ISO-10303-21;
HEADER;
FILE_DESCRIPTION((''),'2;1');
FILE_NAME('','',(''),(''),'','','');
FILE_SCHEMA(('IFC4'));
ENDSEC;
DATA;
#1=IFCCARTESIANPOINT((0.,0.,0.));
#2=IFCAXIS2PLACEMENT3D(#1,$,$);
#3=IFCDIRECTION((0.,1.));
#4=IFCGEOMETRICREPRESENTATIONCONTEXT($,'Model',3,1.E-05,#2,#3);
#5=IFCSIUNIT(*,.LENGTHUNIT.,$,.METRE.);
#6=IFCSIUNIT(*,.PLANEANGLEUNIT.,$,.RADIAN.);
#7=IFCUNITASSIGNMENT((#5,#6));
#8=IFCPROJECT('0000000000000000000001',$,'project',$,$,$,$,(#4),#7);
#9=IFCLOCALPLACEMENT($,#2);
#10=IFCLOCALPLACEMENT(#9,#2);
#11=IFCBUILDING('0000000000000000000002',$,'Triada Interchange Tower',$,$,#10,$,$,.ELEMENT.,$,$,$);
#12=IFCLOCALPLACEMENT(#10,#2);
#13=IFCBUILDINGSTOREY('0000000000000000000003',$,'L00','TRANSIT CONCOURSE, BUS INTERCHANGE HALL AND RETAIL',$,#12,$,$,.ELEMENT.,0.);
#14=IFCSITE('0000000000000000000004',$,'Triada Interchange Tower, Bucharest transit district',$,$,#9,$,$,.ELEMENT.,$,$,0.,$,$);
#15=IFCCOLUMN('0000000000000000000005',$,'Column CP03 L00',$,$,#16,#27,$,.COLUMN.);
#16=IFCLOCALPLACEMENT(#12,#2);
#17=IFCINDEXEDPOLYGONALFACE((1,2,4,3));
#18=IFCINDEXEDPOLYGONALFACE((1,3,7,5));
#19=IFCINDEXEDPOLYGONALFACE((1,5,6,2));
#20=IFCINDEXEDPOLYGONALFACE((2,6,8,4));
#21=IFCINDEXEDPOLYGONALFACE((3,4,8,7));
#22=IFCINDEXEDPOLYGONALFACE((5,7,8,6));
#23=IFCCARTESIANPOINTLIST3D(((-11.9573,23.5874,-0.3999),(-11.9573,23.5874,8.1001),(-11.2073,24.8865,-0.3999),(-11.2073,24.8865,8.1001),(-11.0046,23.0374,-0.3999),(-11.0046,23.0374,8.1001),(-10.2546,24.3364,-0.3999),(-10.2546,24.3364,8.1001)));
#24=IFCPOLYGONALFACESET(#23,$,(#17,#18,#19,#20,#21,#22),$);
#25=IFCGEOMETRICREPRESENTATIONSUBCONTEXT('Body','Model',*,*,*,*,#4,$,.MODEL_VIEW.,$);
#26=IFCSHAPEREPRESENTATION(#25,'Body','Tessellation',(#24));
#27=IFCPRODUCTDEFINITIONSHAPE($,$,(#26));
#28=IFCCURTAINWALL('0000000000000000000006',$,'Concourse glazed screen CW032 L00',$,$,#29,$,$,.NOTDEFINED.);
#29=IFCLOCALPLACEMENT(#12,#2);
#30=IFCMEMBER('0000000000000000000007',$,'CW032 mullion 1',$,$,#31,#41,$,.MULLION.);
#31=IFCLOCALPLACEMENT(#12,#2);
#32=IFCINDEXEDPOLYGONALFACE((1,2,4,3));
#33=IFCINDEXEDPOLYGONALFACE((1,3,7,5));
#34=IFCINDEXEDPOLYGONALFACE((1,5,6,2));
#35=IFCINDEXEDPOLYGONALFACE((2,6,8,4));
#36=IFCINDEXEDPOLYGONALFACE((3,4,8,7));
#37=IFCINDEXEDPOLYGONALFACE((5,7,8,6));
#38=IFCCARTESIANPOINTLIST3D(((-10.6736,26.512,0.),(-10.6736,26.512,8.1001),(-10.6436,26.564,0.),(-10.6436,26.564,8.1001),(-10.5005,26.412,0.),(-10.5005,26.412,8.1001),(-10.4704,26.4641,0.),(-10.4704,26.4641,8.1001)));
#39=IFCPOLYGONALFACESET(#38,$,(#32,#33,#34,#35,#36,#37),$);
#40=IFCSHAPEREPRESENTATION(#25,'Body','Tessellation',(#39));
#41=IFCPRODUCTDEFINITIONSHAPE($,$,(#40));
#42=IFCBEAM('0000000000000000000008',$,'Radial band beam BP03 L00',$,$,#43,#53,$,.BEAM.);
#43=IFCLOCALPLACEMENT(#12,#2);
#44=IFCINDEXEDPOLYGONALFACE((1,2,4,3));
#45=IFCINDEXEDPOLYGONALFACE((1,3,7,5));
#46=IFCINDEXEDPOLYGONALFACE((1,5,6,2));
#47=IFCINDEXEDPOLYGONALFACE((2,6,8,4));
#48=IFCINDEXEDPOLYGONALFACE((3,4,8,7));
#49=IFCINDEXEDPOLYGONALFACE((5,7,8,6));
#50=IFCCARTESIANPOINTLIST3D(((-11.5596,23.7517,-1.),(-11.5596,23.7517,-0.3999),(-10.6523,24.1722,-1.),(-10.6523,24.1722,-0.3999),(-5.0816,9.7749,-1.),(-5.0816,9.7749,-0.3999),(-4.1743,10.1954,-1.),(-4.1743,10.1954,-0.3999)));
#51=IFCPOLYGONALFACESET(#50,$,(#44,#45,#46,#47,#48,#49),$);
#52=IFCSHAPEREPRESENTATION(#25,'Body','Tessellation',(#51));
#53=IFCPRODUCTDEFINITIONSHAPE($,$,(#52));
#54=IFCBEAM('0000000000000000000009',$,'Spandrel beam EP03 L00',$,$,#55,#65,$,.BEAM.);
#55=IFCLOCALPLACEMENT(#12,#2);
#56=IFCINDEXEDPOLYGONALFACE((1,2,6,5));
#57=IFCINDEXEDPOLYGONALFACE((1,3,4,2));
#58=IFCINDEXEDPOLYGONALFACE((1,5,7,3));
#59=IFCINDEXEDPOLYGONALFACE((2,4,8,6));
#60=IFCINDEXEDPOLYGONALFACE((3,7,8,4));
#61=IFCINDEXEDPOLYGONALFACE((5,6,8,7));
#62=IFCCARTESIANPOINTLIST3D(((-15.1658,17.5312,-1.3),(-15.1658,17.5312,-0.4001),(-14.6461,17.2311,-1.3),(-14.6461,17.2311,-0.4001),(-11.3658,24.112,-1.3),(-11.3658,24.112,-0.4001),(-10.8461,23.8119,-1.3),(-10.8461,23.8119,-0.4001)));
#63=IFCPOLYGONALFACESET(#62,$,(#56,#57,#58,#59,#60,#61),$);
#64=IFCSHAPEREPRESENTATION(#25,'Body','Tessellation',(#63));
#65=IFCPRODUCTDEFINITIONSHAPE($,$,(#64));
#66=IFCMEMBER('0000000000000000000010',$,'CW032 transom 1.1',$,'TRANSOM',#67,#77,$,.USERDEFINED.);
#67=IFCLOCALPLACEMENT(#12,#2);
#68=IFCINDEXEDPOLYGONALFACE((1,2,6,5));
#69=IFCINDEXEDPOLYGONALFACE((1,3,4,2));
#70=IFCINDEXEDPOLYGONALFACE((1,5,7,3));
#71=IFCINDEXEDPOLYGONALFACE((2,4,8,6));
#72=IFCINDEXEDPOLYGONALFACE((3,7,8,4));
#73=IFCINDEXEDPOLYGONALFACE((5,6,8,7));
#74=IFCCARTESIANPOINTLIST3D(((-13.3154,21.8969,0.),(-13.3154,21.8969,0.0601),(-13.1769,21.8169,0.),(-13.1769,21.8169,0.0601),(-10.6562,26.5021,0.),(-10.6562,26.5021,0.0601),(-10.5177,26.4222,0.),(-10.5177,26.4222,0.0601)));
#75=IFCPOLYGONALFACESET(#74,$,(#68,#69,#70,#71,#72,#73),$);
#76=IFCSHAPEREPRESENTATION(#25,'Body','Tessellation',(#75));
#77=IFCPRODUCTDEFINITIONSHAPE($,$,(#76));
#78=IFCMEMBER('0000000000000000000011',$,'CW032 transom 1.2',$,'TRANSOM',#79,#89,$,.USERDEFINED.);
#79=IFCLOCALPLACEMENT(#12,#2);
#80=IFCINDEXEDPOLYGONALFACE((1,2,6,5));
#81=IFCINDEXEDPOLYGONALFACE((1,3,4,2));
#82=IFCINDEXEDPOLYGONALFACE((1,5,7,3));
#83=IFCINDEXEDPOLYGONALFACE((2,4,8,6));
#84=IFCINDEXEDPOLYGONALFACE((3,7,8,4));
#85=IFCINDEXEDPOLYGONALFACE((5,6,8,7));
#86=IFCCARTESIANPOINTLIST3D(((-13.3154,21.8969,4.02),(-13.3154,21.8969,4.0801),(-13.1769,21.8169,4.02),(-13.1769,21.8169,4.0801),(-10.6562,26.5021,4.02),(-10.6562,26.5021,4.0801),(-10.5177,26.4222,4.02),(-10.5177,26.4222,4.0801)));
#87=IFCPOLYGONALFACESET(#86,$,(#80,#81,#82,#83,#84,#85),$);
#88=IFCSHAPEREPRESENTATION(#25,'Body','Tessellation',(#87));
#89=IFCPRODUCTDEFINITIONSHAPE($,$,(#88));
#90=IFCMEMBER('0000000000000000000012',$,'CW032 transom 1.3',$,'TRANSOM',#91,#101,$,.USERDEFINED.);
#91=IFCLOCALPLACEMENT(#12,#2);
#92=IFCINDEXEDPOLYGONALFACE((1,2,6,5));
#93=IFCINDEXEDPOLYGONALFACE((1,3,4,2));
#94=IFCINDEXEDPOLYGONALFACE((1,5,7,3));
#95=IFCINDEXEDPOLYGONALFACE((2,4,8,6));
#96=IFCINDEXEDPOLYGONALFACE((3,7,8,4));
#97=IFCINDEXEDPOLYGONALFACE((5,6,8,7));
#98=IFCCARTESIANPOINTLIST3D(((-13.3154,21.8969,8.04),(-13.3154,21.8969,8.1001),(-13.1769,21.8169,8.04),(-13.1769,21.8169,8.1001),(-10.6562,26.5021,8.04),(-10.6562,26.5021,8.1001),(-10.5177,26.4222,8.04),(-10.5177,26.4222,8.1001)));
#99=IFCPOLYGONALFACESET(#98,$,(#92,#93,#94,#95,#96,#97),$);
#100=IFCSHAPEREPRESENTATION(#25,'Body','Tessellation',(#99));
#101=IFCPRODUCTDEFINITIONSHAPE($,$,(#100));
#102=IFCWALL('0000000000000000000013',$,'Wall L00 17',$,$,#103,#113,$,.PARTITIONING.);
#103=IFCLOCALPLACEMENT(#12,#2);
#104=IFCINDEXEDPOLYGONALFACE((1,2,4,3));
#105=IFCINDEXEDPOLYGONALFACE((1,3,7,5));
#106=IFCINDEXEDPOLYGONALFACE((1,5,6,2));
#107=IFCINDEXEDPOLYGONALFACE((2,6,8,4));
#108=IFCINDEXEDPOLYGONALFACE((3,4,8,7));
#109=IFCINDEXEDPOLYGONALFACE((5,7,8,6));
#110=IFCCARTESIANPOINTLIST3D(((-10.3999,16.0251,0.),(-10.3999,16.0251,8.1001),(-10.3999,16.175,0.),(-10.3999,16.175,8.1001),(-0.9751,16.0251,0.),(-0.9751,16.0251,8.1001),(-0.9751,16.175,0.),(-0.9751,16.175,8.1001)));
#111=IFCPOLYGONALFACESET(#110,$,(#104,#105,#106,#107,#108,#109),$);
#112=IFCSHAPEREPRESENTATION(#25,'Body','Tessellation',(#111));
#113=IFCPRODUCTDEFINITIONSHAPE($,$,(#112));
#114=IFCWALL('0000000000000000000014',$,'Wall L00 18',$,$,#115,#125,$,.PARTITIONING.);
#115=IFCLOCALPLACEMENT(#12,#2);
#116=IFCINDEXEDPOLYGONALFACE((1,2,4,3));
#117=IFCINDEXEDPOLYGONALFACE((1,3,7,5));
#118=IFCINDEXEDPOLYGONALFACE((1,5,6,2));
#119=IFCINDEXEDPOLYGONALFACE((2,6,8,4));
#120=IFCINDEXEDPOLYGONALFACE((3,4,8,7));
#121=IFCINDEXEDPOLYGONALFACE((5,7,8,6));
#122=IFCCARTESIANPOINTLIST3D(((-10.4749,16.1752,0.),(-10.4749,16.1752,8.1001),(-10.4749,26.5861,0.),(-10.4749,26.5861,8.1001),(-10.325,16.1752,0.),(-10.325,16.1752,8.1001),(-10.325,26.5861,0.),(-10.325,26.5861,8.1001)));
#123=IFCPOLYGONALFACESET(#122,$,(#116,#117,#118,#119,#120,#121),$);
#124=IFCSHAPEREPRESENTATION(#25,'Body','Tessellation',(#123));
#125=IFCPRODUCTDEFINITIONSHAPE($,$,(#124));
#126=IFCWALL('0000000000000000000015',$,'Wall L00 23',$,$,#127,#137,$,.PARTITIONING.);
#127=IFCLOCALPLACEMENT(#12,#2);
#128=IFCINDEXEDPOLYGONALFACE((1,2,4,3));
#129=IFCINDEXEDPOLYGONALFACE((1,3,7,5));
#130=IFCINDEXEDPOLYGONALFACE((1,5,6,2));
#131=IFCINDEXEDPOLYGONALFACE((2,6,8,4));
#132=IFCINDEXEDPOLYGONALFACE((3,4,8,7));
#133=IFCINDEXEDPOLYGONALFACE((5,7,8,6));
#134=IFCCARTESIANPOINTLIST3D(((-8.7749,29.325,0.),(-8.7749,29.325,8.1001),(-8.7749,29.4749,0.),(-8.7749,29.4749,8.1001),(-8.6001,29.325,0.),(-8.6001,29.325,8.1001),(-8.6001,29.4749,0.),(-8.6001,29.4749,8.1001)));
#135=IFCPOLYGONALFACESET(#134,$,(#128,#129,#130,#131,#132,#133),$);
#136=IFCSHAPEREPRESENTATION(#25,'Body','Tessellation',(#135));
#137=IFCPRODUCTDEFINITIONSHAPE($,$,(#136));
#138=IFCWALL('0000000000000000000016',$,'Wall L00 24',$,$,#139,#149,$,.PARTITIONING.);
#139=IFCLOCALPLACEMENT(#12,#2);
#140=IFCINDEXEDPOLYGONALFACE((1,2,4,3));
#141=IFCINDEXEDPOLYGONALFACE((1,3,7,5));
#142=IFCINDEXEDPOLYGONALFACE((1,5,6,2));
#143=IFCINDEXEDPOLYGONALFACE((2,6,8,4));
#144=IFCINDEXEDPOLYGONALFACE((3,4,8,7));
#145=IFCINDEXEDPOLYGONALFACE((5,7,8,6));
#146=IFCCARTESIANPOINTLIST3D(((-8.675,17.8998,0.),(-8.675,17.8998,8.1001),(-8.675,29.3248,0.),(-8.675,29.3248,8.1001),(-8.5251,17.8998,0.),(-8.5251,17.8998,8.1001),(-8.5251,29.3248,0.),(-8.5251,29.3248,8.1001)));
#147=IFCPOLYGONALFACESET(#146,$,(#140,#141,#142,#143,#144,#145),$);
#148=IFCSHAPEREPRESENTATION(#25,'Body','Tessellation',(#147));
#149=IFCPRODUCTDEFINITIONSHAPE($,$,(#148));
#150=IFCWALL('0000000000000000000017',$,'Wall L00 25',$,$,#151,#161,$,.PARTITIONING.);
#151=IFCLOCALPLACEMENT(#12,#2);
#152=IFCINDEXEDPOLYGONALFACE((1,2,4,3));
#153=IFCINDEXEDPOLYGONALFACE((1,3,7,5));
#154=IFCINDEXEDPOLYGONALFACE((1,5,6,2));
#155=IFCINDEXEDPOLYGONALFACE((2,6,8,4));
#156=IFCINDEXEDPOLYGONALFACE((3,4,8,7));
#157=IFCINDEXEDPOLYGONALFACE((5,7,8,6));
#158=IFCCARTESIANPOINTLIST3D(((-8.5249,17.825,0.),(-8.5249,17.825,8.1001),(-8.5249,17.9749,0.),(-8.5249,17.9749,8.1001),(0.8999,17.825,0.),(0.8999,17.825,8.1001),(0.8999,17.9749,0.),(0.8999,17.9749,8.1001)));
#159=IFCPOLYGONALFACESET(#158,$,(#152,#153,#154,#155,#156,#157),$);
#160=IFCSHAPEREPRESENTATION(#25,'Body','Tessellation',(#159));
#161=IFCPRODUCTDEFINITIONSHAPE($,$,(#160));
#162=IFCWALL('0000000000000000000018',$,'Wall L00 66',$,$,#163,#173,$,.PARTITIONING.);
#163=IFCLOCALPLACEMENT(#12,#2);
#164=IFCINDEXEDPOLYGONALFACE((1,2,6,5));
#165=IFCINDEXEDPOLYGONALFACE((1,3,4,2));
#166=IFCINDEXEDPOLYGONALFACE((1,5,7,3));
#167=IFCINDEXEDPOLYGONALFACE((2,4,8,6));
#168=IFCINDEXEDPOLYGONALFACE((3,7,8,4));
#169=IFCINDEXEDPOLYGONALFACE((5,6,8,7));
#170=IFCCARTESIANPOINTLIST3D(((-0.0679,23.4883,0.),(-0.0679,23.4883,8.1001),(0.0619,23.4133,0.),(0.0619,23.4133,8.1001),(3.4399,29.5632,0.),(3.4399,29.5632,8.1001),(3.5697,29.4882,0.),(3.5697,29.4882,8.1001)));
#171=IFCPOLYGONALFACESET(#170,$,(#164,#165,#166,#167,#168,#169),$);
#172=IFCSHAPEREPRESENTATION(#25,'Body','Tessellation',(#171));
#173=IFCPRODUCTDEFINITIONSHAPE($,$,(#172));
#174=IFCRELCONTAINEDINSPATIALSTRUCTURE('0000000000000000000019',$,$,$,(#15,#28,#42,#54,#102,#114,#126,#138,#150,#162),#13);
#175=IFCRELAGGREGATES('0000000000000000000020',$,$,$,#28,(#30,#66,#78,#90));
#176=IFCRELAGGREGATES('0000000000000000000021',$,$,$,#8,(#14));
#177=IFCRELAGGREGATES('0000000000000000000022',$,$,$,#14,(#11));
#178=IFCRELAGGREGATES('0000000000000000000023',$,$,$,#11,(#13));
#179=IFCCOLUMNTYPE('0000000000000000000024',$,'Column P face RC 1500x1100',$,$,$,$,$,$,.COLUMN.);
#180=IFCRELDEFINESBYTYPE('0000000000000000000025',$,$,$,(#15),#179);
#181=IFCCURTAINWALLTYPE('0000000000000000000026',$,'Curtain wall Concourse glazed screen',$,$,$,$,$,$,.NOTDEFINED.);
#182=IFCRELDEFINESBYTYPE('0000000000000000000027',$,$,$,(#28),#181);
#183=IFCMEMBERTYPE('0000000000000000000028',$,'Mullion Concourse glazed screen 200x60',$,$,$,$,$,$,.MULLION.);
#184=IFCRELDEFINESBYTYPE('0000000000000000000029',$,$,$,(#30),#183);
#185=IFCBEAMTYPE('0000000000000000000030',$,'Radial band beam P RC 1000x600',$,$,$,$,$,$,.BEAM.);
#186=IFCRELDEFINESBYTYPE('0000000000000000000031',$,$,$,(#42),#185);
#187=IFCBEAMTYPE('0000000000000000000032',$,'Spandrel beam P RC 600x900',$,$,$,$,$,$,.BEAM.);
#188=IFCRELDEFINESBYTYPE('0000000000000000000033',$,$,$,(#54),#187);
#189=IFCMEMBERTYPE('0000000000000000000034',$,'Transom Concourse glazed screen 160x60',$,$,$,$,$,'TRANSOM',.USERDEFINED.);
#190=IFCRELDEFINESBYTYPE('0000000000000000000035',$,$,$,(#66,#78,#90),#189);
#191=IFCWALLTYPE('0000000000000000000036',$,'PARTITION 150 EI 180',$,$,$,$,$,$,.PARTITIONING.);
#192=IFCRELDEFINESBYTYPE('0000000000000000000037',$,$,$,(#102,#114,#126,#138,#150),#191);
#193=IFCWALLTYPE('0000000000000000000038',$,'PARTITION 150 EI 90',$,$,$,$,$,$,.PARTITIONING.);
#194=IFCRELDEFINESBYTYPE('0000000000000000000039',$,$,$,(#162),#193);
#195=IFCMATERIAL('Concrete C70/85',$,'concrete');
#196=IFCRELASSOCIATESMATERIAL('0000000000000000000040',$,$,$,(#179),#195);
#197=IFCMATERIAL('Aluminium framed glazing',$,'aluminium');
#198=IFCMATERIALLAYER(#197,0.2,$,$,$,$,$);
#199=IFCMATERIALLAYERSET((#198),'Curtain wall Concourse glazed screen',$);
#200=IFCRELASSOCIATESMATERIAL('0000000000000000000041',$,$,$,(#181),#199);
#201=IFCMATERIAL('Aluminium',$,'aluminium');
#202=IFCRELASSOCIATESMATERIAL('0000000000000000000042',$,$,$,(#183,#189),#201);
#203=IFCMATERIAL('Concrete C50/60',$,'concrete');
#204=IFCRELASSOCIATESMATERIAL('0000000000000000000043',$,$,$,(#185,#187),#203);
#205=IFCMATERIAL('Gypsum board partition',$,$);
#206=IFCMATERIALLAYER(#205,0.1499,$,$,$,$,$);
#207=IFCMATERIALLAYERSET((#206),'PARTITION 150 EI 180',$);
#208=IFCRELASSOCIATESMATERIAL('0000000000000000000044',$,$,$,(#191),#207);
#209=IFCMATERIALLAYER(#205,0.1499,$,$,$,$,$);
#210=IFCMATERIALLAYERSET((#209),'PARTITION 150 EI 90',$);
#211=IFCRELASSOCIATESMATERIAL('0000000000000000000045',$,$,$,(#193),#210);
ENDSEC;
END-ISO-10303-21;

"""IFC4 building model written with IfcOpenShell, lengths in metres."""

from ifc_helpers import new_model, si_unit, direction, frame, frame_2d, origin, origin_2d, place, context, subcontext, project, spatial, rectangle, extrude, material, layer, layer_set, material_profile, profile_set, type_object, element, aggregate, save


model = new_model("IFC4")

# Units and contexts
model_context = context("Model", 3, precision=1e-05, world=origin(), true_north=direction((0.0, 1.0)))
body_context = subcontext(model_context, "Body", "Model", "MODEL_VIEW")
ifc_project = project(units=[si_unit("LENGTHUNIT", "METRE"), si_unit("PLANEANGLEUNIT", "RADIAN")], contexts=[model_context])

# Site, building, storey
site_placement = place(None, origin())
site = spatial("IfcSite", under=ifc_project, at=site_placement, Name="Triada Interchange Tower, Bucharest transit district", CompositionType="ELEMENT", RefElevation=0.0)
building_placement = place(site_placement, origin())
building = spatial("IfcBuilding", under=site, at=building_placement, Name="Triada Interchange Tower", CompositionType="ELEMENT")
storey_placement = place(building_placement, origin())
storey = spatial("IfcBuildingStorey", under=building, at=storey_placement, Name="L00", Description="TRANSIT CONCOURSE, BUS INTERCHANGE HALL AND RETAIL", CompositionType="ELEMENT", Elevation=0.0)

# Column
ifc_material_1 = material(Name="Concrete C70/85", Category="concrete")
ifc_material_profile_1 = material_profile(ifc_material_1, rectangle(XDim=1.5, YDim=1.1001, at=origin_2d()), Name="RC 1500x1100")
ifc_profile_set_1 = profile_set([ifc_material_profile_1], Name="Concrete C70/85")
column_type = type_object("IfcColumnType", Name="Column P face RC 1500x1100", PredefinedType="COLUMN", material=ifc_profile_set_1)
column_placement = place(storey_placement, frame((-11.106, 23.9619, -0.3999), z_axis=(0.0, 0.0, 1.0), x_axis=(0.5, 0.866025, 0.0)))
element("IfcColumn", 1, at=column_placement, inside=storey, type_object=column_type, Name="Column CP03 L00", PredefinedType="COLUMN", context=body_context, shape_type="SweptSolid", body=[
    extrude(rectangle(XDim=1.5, YDim=1.1001, at=origin_2d()), origin(), (0.0, 0.0, 1.0), 8.5),
])

# Curtain wall, member
ifc_material_2 = material(Name="Aluminium framed glazing", Category="aluminium")
ifc_layer_1 = layer(ifc_material_2, 0.2)
ifc_layer_set_1 = layer_set([ifc_layer_1], Name="Curtain wall Concourse glazed screen")
curtain_wall_type = type_object("IfcCurtainWallType", Name="Curtain wall Concourse glazed screen", PredefinedType="NOTDEFINED", material=ifc_layer_set_1)
curtain_wall_placement = place(storey_placement, origin())
curtain_wall = element("IfcCurtainWall", 2, at=curtain_wall_placement, inside=storey, type_object=curtain_wall_type, Name="Concourse glazed screen CW032 L00", PredefinedType="NOTDEFINED")
ifc_material_3 = material(Name="Aluminium", Category="aluminium")
ifc_material_profile_2 = material_profile(ifc_material_3, rectangle(XDim=0.2, YDim=0.0601, at=origin_2d()), Name="Aluminium mullion")
ifc_profile_set_2 = profile_set([ifc_material_profile_2], Name="Aluminium")
member_type_1 = type_object("IfcMemberType", Name="Mullion Concourse glazed screen 200x60", PredefinedType="MULLION", material=ifc_profile_set_2)
member_1_placement = place(storey_placement, frame((-10.572, 26.488, 0.0), z_axis=(0.0, 0.0, 1.0), x_axis=(0.866005, -0.500036, 0.0)))
member_1 = element("IfcMember", 3, at=member_1_placement, type_object=member_type_1, Name="CW032 mullion 1", PredefinedType="MULLION", context=body_context, shape_type="SweptSolid", body=[
    extrude(rectangle(XDim=0.2, YDim=0.0601, at=origin_2d()), origin(), (0.0, 0.0, 1.0), 8.1001),
])

# Beams
ifc_material_4 = material(Name="Concrete C50/60", Category="concrete")
ifc_material_profile_3 = material_profile(ifc_material_4, rectangle(XDim=1.0, YDim=0.6001, at=origin_2d()), Name="RC 1000x600")
ifc_profile_set_3 = profile_set([ifc_material_profile_3], Name="Concrete C50/60")
beam_type_1 = type_object("IfcBeamType", Name="Radial band beam P RC 1000x600", PredefinedType="BEAM", material=ifc_profile_set_3)
beam_1_placement = place(storey_placement, frame((-11.106, 23.9619, -0.7), z_axis=(0.420513, -0.907287, 0.0), x_axis=(0.907287, 0.420513, 0.0)))
element("IfcBeam", 4, at=beam_1_placement, inside=storey, type_object=beam_type_1, Name="Radial band beam BP03 L00", PredefinedType="BEAM", context=body_context, shape_type="SweptSolid", body=[
    extrude(rectangle(XDim=1.0, YDim=0.6001, at=origin_2d()), origin(), (0.0, 0.0, 1.0), 15.405),
])
ifc_material_profile_4 = material_profile(ifc_material_4, rectangle(XDim=0.6001, YDim=0.8999, at=origin_2d()), Name="RC 600x900")
ifc_profile_set_4 = profile_set([ifc_material_profile_4], Name="Concrete C50/60")
beam_type_2 = type_object("IfcBeamType", Name="Spandrel beam P RC 600x900", PredefinedType="BEAM", material=ifc_profile_set_4)
beam_2_placement = place(storey_placement, frame((-11.106, 23.9619, -0.8501), z_axis=(-0.500061, -0.86599, 0.0), x_axis=(0.86599, -0.500061, 0.0)))
element("IfcBeam", 5, at=beam_2_placement, inside=storey, type_object=beam_type_2, Name="Spandrel beam EP03 L00", PredefinedType="BEAM", context=body_context, shape_type="SweptSolid", body=[
    extrude(rectangle(XDim=0.6001, YDim=0.8999, at=origin_2d()), origin(), (0.0, 0.0, 1.0), 7.5991),
])

# Members
ifc_material_profile_5 = material_profile(ifc_material_3, rectangle(XDim=0.1599, YDim=0.0601, at=origin_2d()), Name="Aluminium transom")
ifc_profile_set_5 = profile_set([ifc_material_profile_5], Name="Aluminium")
member_type_2 = type_object("IfcMemberType", Name="Transom Concourse glazed screen 160x60", ElementType="TRANSOM", PredefinedType="USERDEFINED", material=ifc_profile_set_5)
member_2_placement = place(storey_placement, frame((-10.5869, 26.4622, 0.03), z_axis=(-0.50005, -0.865997, 0.0), x_axis=(0.865997, -0.50005, 0.0)))
member_2 = element("IfcMember", 6, at=member_2_placement, type_object=member_type_2, Name="CW032 transom 1.1", ObjectType="TRANSOM", PredefinedType="USERDEFINED", context=body_context, shape_type="SweptSolid", body=[
    extrude(rectangle(XDim=0.1599, YDim=0.0601, at=origin_2d()), origin(), (0.0, 0.0, 1.0), 5.3179),
])
member_3_placement = place(storey_placement, frame((-10.5869, 26.4622, 4.05), z_axis=(-0.50005, -0.865997, 0.0), x_axis=(0.865997, -0.50005, 0.0)))
member_3 = element("IfcMember", 7, at=member_3_placement, type_object=member_type_2, Name="CW032 transom 1.2", ObjectType="TRANSOM", PredefinedType="USERDEFINED", context=body_context, shape_type="SweptSolid", body=[
    extrude(rectangle(XDim=0.1599, YDim=0.0601, at=origin_2d()), origin(), (0.0, 0.0, 1.0), 5.3179),
])
member_4_placement = place(storey_placement, frame((-10.5869, 26.4622, 8.0701), z_axis=(-0.50005, -0.865997, 0.0), x_axis=(0.865997, -0.50005, 0.0)))
member_4 = element("IfcMember", 8, at=member_4_placement, type_object=member_type_2, Name="CW032 transom 1.3", ObjectType="TRANSOM", PredefinedType="USERDEFINED", context=body_context, shape_type="SweptSolid", body=[
    extrude(rectangle(XDim=0.1599, YDim=0.0601, at=origin_2d()), origin(), (0.0, 0.0, 1.0), 5.3179),
])
aggregate(curtain_wall, [member_1, member_2, member_3, member_4])

# Walls
ifc_material_5 = material(Name="Gypsum board partition")
ifc_layer_2 = layer(ifc_material_5, 0.1499)
ifc_layer_set_2 = layer_set([ifc_layer_2], Name="PARTITION 150 EI 180")
wall_type_1 = type_object("IfcWallType", Name="PARTITION 150 EI 180", PredefinedType="PARTITIONING", material=ifc_layer_set_2)
wall_1_placement = place(storey_placement, frame((-10.3999, 16.1001, 0.0), z_axis=(0.0, 0.0, 1.0), x_axis=(1.0, 0.0, 0.0)))
element("IfcWall", 9, at=wall_1_placement, inside=storey, type_object=wall_type_1, Name="Wall L00 17", PredefinedType="PARTITIONING", context=body_context, shape_type="SweptSolid", body=[
    extrude(rectangle(XDim=9.4248, YDim=0.1499, at=frame_2d((4.7124, 0.0))), origin(), (0.0, 0.0, 1.0), 8.1001),
])
wall_2_placement = place(storey_placement, frame((-10.3999, 16.175, 0.0), z_axis=(0.0, 0.0, 1.0), x_axis=(0.0, 1.0, 0.0)))
element("IfcWall", 10, at=wall_2_placement, inside=storey, type_object=wall_type_1, Name="Wall L00 18", PredefinedType="PARTITIONING", context=body_context, shape_type="SweptSolid", body=[
    extrude(rectangle(XDim=10.4109, YDim=0.1499, at=frame_2d((5.2056, 0.0))), origin(), (0.0, 0.0, 1.0), 8.1001),
])
wall_3_placement = place(storey_placement, frame((-8.7749, 29.3999, 0.0), z_axis=(0.0, 0.0, 1.0), x_axis=(1.0, 0.0, 0.0)))
element("IfcWall", 11, at=wall_3_placement, inside=storey, type_object=wall_type_1, Name="Wall L00 23", PredefinedType="PARTITIONING", context=body_context, shape_type="SweptSolid", body=[
    extrude(rectangle(XDim=0.1748, YDim=0.1499, at=frame_2d((0.0874, 0.0))), origin(), (0.0, 0.0, 1.0), 8.1001),
])
wall_4_placement = place(storey_placement, frame((-8.6001, 17.8999, 0.0), z_axis=(0.0, 0.0, 1.0), x_axis=(0.0, 1.0, 0.0)))
element("IfcWall", 12, at=wall_4_placement, inside=storey, type_object=wall_type_1, Name="Wall L00 24", PredefinedType="PARTITIONING", context=body_context, shape_type="SweptSolid", body=[
    extrude(rectangle(XDim=11.425, YDim=0.1499, at=frame_2d((5.7124, 0.0))), origin(), (0.0, 0.0, 1.0), 8.1001),
])
wall_5_placement = place(storey_placement, frame((-8.5249, 17.8999, 0.0), z_axis=(0.0, 0.0, 1.0), x_axis=(1.0, 0.0, 0.0)))
element("IfcWall", 13, at=wall_5_placement, inside=storey, type_object=wall_type_1, Name="Wall L00 25", PredefinedType="PARTITIONING", context=body_context, shape_type="SweptSolid", body=[
    extrude(rectangle(XDim=9.4248, YDim=0.1499, at=frame_2d((4.7124, 0.0))), origin(), (0.0, 0.0, 1.0), 8.1001),
])
ifc_layer_3 = layer(ifc_material_5, 0.1499)
ifc_layer_set_3 = layer_set([ifc_layer_3], Name="PARTITION 150 EI 90")
wall_type_2 = type_object("IfcWallType", Name="PARTITION 150 EI 90", PredefinedType="PARTITIONING", material=ifc_layer_set_3)
wall_6_placement = place(storey_placement, frame((-0.0029, 23.4509, 0.0), z_axis=(0.0, 0.0, 1.0), x_axis=(0.500047, 0.865998, 0.0)))
element("IfcWall", 14, at=wall_6_placement, inside=storey, type_object=wall_type_2, Name="Wall L00 66", PredefinedType="PARTITIONING", context=body_context, shape_type="SweptSolid", body=[
    extrude(rectangle(XDim=7.0149, YDim=0.1499, at=frame_2d((3.5073, 0.0))), origin(), (0.0, 0.0, 1.0), 8.1001),
])

save(model, "model.ifc")
